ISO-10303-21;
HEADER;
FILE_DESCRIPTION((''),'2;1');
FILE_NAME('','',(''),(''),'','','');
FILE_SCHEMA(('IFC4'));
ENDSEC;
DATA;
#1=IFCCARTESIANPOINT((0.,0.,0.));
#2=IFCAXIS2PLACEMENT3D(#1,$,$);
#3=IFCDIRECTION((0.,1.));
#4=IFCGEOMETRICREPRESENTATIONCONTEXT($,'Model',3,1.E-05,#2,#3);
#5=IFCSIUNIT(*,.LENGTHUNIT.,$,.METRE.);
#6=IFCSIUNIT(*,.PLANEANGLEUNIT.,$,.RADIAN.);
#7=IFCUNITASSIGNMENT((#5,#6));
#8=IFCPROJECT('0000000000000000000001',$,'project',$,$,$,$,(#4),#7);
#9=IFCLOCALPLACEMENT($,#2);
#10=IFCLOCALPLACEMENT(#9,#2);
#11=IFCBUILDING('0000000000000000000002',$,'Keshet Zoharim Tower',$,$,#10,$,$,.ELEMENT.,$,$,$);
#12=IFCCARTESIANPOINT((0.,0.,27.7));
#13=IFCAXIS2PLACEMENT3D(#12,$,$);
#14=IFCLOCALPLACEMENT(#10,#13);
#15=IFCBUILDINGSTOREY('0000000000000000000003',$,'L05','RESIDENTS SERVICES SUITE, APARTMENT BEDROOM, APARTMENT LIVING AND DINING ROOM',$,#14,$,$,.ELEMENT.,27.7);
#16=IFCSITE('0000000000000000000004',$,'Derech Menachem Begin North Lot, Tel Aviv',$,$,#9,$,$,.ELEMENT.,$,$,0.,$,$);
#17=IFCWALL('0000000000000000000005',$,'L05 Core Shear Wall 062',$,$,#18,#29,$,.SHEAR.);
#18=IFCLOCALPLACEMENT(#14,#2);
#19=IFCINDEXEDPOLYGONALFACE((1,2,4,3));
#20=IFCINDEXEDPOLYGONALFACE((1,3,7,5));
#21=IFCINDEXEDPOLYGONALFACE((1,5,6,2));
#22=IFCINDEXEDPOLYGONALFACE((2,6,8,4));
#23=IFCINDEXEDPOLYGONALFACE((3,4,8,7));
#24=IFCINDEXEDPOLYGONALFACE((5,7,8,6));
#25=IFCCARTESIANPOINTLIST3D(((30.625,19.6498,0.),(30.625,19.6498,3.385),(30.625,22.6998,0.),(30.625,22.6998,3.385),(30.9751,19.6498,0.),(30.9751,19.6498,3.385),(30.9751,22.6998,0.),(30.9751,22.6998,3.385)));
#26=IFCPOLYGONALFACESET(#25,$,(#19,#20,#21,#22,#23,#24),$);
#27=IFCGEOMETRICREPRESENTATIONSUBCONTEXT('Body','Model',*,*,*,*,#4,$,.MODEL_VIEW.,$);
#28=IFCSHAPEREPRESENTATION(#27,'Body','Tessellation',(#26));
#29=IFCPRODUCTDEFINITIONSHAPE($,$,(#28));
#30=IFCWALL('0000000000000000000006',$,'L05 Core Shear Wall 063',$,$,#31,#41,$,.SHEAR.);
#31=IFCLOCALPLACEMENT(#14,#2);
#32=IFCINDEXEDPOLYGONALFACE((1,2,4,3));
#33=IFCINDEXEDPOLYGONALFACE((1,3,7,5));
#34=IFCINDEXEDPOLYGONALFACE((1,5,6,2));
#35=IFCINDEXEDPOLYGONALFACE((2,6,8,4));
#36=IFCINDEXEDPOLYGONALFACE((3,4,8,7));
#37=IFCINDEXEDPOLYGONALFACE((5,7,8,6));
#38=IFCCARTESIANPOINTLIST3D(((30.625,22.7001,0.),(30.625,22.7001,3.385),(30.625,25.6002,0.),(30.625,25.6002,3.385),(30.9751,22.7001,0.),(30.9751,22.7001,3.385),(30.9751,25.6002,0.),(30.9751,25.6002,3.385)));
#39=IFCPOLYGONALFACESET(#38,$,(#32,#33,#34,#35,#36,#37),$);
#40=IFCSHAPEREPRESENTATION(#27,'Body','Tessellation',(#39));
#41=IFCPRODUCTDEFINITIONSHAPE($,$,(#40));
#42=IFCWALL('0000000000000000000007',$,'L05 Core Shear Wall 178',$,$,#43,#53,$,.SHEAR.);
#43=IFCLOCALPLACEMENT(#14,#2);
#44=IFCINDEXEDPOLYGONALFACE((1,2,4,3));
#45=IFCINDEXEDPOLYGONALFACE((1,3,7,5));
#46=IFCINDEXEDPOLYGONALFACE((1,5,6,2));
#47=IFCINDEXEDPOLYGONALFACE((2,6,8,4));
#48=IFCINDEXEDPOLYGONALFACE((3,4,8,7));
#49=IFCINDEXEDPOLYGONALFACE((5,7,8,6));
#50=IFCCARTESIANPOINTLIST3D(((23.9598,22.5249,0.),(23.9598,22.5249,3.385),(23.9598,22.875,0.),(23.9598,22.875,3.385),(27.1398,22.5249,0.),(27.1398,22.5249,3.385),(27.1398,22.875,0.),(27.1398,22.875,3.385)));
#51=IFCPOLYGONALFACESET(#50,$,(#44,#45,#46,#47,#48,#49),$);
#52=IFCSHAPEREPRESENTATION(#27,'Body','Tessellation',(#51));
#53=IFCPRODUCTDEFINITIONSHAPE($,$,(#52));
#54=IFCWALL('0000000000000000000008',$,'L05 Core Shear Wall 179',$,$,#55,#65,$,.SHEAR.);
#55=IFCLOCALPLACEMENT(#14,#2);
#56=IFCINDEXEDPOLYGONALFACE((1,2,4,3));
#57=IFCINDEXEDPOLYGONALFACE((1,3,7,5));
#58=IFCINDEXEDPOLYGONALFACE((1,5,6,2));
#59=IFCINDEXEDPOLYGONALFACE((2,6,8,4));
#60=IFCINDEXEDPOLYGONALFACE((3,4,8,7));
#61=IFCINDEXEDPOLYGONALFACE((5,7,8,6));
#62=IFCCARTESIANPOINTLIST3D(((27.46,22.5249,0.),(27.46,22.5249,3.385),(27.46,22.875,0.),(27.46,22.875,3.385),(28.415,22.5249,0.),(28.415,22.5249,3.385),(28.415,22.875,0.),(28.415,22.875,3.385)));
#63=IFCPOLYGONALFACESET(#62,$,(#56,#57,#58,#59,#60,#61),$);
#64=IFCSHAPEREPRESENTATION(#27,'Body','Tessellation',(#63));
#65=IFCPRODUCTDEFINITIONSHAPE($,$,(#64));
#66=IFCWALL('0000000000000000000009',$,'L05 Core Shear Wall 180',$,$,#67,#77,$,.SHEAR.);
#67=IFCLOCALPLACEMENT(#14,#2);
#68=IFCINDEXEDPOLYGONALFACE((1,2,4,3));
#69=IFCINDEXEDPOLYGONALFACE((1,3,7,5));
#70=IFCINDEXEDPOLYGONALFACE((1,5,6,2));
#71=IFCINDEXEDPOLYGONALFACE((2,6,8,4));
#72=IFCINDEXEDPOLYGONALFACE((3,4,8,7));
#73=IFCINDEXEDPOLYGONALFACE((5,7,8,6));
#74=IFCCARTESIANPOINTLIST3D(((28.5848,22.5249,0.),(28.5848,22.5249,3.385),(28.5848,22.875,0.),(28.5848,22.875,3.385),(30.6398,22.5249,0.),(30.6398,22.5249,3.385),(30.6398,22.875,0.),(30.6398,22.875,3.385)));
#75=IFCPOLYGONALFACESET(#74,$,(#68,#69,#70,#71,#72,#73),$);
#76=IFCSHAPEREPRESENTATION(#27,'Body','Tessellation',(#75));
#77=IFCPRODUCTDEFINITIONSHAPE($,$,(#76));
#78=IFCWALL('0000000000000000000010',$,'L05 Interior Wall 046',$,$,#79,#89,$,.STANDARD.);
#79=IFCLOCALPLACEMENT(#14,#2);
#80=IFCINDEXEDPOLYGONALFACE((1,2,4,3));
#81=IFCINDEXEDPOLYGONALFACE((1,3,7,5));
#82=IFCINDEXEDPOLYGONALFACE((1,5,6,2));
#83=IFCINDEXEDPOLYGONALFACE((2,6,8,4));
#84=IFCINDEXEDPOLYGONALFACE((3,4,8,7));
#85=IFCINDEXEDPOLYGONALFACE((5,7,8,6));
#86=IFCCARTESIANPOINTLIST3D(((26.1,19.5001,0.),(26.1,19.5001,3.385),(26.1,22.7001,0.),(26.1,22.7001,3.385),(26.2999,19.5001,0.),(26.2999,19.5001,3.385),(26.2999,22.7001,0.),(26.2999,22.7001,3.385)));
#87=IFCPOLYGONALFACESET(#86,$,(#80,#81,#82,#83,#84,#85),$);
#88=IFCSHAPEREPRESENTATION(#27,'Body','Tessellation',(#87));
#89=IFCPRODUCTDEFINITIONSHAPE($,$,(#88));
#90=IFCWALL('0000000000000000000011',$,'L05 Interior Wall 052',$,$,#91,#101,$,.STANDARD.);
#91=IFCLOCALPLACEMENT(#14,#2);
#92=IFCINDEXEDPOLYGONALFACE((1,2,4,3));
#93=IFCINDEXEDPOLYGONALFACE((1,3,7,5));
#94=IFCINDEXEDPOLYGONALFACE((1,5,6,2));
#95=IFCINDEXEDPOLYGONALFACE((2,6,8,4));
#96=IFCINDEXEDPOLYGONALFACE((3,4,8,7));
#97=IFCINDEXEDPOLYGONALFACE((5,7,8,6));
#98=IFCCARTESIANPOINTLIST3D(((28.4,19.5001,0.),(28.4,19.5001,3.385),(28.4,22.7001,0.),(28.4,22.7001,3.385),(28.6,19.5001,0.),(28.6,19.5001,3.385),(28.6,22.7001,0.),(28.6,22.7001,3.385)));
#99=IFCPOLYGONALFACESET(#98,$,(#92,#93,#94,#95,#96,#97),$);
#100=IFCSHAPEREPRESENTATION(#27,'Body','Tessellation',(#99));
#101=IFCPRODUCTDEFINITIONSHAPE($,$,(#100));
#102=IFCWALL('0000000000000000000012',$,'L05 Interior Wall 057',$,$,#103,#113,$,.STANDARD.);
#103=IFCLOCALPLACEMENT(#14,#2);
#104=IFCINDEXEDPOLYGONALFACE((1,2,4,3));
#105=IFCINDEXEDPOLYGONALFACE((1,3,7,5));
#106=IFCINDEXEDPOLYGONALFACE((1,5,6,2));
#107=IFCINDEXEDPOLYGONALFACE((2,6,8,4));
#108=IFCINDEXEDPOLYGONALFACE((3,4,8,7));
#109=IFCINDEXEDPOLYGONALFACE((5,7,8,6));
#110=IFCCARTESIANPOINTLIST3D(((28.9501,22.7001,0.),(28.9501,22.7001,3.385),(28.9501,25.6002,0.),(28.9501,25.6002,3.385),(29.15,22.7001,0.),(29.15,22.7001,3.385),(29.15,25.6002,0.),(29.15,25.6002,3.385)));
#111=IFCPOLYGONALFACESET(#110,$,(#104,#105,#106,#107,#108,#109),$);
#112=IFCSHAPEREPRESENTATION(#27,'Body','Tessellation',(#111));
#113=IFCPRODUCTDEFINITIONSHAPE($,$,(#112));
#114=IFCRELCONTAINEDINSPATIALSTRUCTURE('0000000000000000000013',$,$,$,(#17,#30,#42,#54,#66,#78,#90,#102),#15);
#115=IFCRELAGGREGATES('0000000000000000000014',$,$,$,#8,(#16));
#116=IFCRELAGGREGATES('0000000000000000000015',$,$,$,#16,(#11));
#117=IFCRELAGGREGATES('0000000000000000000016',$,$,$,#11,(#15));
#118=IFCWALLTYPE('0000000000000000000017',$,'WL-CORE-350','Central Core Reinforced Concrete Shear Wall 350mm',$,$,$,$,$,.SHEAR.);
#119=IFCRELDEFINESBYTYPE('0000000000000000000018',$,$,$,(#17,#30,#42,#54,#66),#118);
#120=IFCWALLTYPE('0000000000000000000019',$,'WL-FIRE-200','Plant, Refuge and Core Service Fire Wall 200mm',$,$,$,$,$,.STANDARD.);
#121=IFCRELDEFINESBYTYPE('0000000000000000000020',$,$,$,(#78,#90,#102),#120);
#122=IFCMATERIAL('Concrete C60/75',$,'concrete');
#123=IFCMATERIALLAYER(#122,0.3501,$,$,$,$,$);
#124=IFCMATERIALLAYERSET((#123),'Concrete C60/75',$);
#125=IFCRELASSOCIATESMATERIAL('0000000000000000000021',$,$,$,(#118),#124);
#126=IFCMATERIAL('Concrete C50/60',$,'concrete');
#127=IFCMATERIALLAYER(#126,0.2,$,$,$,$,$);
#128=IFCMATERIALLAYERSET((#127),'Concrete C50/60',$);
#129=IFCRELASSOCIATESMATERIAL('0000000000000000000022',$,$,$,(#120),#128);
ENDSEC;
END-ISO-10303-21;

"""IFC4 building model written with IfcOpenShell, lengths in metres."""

from ifc_helpers import new_model, si_unit, direction, frame, frame_2d, origin, place, context, subcontext, project, spatial, rectangle, extrude, material, layer, layer_set, type_object, element, save


model = new_model("IFC4")

# Units and contexts
model_context = context("Model", 3, precision=1e-05, world=origin(), true_north=direction((0.0, 1.0)))
body_context = subcontext(model_context, "Body", "Model", "MODEL_VIEW")
ifc_project = project(units=[si_unit("LENGTHUNIT", "METRE"), si_unit("PLANEANGLEUNIT", "RADIAN")], contexts=[model_context])

# Site, building, storey
site_placement = place(None, origin())
site = spatial("IfcSite", under=ifc_project, at=site_placement, Name="Derech Menachem Begin North Lot, Tel Aviv", CompositionType="ELEMENT", RefElevation=0.0)
building_placement = place(site_placement, origin())
building = spatial("IfcBuilding", under=site, at=building_placement, Name="Keshet Zoharim Tower", CompositionType="ELEMENT")
storey_placement = place(building_placement, frame((0.0, 0.0, 27.7)))
storey = spatial("IfcBuildingStorey", under=building, at=storey_placement, Name="L05", Description="RESIDENTS SERVICES SUITE, APARTMENT BEDROOM, APARTMENT LIVING AND DINING ROOM", CompositionType="ELEMENT", Elevation=27.7)

# Shared definitions
ifc_material_1 = material(Name="Concrete C60/75", Category="concrete")

# Shared definitions
ifc_layer_1 = layer(ifc_material_1, 0.3501)
ifc_layer_set_1 = layer_set([ifc_layer_1], Name="Concrete C60/75")
wall_type_1 = type_object("IfcWallType", Name="WL-CORE-350", Description="Central Core Reinforced Concrete Shear Wall 350mm", PredefinedType="SHEAR", material=ifc_layer_set_1)

# Walls
wall_1_placement = place(storey_placement, frame((30.8, 19.6499, 0.0), z_axis=(0.0, 0.0, 1.0), x_axis=(0.0, 1.0, 0.0)))
element("IfcWall", 1, at=wall_1_placement, inside=storey, type_object=wall_type_1, Name="L05 Core Shear Wall 062", PredefinedType="SHEAR", context=body_context, shape_type="SweptSolid", body=[
    extrude(rectangle(XDim=3.05, YDim=0.3501, at=frame_2d((1.5249, 0.0))), origin(), (0.0, 0.0, 1.0), 3.385),
])
wall_2_placement = place(storey_placement, frame((30.8, 22.7, 0.0), z_axis=(0.0, 0.0, 1.0), x_axis=(0.0, 1.0, 0.0)))
element("IfcWall", 2, at=wall_2_placement, inside=storey, type_object=wall_type_1, Name="L05 Core Shear Wall 063", PredefinedType="SHEAR", context=body_context, shape_type="SweptSolid", body=[
    extrude(rectangle(XDim=2.9001, YDim=0.3501, at=frame_2d((1.4502, 0.0))), origin(), (0.0, 0.0, 1.0), 3.385),
])
wall_3_placement = place(storey_placement, frame((23.96, 22.7, 0.0), z_axis=(0.0, 0.0, 1.0), x_axis=(1.0, 0.0, 0.0)))
element("IfcWall", 3, at=wall_3_placement, inside=storey, type_object=wall_type_1, Name="L05 Core Shear Wall 178", PredefinedType="SHEAR", context=body_context, shape_type="SweptSolid", body=[
    extrude(rectangle(XDim=3.1799, YDim=0.3501, at=frame_2d((1.5898, 0.0))), origin(), (0.0, 0.0, 1.0), 3.385),
])
wall_4_placement = place(storey_placement, frame((27.46, 22.7, 0.0), z_axis=(0.0, 0.0, 1.0), x_axis=(1.0, 0.0, 0.0)))
element("IfcWall", 4, at=wall_4_placement, inside=storey, type_object=wall_type_1, Name="L05 Core Shear Wall 179", PredefinedType="SHEAR", context=body_context, shape_type="SweptSolid", body=[
    extrude(rectangle(XDim=0.9551, YDim=0.3501, at=frame_2d((0.4775, 0.0))), origin(), (0.0, 0.0, 1.0), 3.385),
])
wall_5_placement = place(storey_placement, frame((28.585, 22.7, 0.0), z_axis=(0.0, 0.0, 1.0), x_axis=(1.0, 0.0, 0.0)))
element("IfcWall", 5, at=wall_5_placement, inside=storey, type_object=wall_type_1, Name="L05 Core Shear Wall 180", PredefinedType="SHEAR", context=body_context, shape_type="SweptSolid", body=[
    extrude(rectangle(XDim=2.0549, YDim=0.3501, at=frame_2d((1.0273, 0.0))), origin(), (0.0, 0.0, 1.0), 3.385),
])
ifc_material_2 = material(Name="Concrete C50/60", Category="concrete")
ifc_layer_2 = layer(ifc_material_2, 0.2)
ifc_layer_set_2 = layer_set([ifc_layer_2], Name="Concrete C50/60")
wall_type_2 = type_object("IfcWallType", Name="WL-FIRE-200", Description="Plant, Refuge and Core Service Fire Wall 200mm", PredefinedType="STANDARD", material=ifc_layer_set_2)
for number, where, z_axis, x_axis, name in (
    (6, (26.2, 19.5, 0.0), (0.0, 0.0, 1.0), (0.0, 1.0, 0.0), "L05 Interior Wall 046"),
    (7, (28.5, 19.5, 0.0), (0.0, 0.0, 1.0), (0.0, 1.0, 0.0), "L05 Interior Wall 052"),
):
    element("IfcWall", number, at=place(storey_placement, frame(where, z_axis=z_axis, x_axis=x_axis)), inside=storey, type_object=wall_type_2, Name=name, PredefinedType="STANDARD", context=body_context, shape_type="SweptSolid", body=[
        extrude(rectangle(XDim=3.2, YDim=0.2, at=frame_2d((1.6001, 0.0))), origin(), (0.0, 0.0, 1.0), 3.385),
    ])
wall_6_placement = place(storey_placement, frame((29.05, 22.7, 0.0), z_axis=(0.0, 0.0, 1.0), x_axis=(0.0, 1.0, 0.0)))
element("IfcWall", 8, at=wall_6_placement, inside=storey, type_object=wall_type_2, Name="L05 Interior Wall 057", PredefinedType="STANDARD", context=body_context, shape_type="SweptSolid", body=[
    extrude(rectangle(XDim=2.9001, YDim=0.2, at=frame_2d((1.4502, 0.0))), origin(), (0.0, 0.0, 1.0), 3.385),
])

save(model, "model.ifc")
